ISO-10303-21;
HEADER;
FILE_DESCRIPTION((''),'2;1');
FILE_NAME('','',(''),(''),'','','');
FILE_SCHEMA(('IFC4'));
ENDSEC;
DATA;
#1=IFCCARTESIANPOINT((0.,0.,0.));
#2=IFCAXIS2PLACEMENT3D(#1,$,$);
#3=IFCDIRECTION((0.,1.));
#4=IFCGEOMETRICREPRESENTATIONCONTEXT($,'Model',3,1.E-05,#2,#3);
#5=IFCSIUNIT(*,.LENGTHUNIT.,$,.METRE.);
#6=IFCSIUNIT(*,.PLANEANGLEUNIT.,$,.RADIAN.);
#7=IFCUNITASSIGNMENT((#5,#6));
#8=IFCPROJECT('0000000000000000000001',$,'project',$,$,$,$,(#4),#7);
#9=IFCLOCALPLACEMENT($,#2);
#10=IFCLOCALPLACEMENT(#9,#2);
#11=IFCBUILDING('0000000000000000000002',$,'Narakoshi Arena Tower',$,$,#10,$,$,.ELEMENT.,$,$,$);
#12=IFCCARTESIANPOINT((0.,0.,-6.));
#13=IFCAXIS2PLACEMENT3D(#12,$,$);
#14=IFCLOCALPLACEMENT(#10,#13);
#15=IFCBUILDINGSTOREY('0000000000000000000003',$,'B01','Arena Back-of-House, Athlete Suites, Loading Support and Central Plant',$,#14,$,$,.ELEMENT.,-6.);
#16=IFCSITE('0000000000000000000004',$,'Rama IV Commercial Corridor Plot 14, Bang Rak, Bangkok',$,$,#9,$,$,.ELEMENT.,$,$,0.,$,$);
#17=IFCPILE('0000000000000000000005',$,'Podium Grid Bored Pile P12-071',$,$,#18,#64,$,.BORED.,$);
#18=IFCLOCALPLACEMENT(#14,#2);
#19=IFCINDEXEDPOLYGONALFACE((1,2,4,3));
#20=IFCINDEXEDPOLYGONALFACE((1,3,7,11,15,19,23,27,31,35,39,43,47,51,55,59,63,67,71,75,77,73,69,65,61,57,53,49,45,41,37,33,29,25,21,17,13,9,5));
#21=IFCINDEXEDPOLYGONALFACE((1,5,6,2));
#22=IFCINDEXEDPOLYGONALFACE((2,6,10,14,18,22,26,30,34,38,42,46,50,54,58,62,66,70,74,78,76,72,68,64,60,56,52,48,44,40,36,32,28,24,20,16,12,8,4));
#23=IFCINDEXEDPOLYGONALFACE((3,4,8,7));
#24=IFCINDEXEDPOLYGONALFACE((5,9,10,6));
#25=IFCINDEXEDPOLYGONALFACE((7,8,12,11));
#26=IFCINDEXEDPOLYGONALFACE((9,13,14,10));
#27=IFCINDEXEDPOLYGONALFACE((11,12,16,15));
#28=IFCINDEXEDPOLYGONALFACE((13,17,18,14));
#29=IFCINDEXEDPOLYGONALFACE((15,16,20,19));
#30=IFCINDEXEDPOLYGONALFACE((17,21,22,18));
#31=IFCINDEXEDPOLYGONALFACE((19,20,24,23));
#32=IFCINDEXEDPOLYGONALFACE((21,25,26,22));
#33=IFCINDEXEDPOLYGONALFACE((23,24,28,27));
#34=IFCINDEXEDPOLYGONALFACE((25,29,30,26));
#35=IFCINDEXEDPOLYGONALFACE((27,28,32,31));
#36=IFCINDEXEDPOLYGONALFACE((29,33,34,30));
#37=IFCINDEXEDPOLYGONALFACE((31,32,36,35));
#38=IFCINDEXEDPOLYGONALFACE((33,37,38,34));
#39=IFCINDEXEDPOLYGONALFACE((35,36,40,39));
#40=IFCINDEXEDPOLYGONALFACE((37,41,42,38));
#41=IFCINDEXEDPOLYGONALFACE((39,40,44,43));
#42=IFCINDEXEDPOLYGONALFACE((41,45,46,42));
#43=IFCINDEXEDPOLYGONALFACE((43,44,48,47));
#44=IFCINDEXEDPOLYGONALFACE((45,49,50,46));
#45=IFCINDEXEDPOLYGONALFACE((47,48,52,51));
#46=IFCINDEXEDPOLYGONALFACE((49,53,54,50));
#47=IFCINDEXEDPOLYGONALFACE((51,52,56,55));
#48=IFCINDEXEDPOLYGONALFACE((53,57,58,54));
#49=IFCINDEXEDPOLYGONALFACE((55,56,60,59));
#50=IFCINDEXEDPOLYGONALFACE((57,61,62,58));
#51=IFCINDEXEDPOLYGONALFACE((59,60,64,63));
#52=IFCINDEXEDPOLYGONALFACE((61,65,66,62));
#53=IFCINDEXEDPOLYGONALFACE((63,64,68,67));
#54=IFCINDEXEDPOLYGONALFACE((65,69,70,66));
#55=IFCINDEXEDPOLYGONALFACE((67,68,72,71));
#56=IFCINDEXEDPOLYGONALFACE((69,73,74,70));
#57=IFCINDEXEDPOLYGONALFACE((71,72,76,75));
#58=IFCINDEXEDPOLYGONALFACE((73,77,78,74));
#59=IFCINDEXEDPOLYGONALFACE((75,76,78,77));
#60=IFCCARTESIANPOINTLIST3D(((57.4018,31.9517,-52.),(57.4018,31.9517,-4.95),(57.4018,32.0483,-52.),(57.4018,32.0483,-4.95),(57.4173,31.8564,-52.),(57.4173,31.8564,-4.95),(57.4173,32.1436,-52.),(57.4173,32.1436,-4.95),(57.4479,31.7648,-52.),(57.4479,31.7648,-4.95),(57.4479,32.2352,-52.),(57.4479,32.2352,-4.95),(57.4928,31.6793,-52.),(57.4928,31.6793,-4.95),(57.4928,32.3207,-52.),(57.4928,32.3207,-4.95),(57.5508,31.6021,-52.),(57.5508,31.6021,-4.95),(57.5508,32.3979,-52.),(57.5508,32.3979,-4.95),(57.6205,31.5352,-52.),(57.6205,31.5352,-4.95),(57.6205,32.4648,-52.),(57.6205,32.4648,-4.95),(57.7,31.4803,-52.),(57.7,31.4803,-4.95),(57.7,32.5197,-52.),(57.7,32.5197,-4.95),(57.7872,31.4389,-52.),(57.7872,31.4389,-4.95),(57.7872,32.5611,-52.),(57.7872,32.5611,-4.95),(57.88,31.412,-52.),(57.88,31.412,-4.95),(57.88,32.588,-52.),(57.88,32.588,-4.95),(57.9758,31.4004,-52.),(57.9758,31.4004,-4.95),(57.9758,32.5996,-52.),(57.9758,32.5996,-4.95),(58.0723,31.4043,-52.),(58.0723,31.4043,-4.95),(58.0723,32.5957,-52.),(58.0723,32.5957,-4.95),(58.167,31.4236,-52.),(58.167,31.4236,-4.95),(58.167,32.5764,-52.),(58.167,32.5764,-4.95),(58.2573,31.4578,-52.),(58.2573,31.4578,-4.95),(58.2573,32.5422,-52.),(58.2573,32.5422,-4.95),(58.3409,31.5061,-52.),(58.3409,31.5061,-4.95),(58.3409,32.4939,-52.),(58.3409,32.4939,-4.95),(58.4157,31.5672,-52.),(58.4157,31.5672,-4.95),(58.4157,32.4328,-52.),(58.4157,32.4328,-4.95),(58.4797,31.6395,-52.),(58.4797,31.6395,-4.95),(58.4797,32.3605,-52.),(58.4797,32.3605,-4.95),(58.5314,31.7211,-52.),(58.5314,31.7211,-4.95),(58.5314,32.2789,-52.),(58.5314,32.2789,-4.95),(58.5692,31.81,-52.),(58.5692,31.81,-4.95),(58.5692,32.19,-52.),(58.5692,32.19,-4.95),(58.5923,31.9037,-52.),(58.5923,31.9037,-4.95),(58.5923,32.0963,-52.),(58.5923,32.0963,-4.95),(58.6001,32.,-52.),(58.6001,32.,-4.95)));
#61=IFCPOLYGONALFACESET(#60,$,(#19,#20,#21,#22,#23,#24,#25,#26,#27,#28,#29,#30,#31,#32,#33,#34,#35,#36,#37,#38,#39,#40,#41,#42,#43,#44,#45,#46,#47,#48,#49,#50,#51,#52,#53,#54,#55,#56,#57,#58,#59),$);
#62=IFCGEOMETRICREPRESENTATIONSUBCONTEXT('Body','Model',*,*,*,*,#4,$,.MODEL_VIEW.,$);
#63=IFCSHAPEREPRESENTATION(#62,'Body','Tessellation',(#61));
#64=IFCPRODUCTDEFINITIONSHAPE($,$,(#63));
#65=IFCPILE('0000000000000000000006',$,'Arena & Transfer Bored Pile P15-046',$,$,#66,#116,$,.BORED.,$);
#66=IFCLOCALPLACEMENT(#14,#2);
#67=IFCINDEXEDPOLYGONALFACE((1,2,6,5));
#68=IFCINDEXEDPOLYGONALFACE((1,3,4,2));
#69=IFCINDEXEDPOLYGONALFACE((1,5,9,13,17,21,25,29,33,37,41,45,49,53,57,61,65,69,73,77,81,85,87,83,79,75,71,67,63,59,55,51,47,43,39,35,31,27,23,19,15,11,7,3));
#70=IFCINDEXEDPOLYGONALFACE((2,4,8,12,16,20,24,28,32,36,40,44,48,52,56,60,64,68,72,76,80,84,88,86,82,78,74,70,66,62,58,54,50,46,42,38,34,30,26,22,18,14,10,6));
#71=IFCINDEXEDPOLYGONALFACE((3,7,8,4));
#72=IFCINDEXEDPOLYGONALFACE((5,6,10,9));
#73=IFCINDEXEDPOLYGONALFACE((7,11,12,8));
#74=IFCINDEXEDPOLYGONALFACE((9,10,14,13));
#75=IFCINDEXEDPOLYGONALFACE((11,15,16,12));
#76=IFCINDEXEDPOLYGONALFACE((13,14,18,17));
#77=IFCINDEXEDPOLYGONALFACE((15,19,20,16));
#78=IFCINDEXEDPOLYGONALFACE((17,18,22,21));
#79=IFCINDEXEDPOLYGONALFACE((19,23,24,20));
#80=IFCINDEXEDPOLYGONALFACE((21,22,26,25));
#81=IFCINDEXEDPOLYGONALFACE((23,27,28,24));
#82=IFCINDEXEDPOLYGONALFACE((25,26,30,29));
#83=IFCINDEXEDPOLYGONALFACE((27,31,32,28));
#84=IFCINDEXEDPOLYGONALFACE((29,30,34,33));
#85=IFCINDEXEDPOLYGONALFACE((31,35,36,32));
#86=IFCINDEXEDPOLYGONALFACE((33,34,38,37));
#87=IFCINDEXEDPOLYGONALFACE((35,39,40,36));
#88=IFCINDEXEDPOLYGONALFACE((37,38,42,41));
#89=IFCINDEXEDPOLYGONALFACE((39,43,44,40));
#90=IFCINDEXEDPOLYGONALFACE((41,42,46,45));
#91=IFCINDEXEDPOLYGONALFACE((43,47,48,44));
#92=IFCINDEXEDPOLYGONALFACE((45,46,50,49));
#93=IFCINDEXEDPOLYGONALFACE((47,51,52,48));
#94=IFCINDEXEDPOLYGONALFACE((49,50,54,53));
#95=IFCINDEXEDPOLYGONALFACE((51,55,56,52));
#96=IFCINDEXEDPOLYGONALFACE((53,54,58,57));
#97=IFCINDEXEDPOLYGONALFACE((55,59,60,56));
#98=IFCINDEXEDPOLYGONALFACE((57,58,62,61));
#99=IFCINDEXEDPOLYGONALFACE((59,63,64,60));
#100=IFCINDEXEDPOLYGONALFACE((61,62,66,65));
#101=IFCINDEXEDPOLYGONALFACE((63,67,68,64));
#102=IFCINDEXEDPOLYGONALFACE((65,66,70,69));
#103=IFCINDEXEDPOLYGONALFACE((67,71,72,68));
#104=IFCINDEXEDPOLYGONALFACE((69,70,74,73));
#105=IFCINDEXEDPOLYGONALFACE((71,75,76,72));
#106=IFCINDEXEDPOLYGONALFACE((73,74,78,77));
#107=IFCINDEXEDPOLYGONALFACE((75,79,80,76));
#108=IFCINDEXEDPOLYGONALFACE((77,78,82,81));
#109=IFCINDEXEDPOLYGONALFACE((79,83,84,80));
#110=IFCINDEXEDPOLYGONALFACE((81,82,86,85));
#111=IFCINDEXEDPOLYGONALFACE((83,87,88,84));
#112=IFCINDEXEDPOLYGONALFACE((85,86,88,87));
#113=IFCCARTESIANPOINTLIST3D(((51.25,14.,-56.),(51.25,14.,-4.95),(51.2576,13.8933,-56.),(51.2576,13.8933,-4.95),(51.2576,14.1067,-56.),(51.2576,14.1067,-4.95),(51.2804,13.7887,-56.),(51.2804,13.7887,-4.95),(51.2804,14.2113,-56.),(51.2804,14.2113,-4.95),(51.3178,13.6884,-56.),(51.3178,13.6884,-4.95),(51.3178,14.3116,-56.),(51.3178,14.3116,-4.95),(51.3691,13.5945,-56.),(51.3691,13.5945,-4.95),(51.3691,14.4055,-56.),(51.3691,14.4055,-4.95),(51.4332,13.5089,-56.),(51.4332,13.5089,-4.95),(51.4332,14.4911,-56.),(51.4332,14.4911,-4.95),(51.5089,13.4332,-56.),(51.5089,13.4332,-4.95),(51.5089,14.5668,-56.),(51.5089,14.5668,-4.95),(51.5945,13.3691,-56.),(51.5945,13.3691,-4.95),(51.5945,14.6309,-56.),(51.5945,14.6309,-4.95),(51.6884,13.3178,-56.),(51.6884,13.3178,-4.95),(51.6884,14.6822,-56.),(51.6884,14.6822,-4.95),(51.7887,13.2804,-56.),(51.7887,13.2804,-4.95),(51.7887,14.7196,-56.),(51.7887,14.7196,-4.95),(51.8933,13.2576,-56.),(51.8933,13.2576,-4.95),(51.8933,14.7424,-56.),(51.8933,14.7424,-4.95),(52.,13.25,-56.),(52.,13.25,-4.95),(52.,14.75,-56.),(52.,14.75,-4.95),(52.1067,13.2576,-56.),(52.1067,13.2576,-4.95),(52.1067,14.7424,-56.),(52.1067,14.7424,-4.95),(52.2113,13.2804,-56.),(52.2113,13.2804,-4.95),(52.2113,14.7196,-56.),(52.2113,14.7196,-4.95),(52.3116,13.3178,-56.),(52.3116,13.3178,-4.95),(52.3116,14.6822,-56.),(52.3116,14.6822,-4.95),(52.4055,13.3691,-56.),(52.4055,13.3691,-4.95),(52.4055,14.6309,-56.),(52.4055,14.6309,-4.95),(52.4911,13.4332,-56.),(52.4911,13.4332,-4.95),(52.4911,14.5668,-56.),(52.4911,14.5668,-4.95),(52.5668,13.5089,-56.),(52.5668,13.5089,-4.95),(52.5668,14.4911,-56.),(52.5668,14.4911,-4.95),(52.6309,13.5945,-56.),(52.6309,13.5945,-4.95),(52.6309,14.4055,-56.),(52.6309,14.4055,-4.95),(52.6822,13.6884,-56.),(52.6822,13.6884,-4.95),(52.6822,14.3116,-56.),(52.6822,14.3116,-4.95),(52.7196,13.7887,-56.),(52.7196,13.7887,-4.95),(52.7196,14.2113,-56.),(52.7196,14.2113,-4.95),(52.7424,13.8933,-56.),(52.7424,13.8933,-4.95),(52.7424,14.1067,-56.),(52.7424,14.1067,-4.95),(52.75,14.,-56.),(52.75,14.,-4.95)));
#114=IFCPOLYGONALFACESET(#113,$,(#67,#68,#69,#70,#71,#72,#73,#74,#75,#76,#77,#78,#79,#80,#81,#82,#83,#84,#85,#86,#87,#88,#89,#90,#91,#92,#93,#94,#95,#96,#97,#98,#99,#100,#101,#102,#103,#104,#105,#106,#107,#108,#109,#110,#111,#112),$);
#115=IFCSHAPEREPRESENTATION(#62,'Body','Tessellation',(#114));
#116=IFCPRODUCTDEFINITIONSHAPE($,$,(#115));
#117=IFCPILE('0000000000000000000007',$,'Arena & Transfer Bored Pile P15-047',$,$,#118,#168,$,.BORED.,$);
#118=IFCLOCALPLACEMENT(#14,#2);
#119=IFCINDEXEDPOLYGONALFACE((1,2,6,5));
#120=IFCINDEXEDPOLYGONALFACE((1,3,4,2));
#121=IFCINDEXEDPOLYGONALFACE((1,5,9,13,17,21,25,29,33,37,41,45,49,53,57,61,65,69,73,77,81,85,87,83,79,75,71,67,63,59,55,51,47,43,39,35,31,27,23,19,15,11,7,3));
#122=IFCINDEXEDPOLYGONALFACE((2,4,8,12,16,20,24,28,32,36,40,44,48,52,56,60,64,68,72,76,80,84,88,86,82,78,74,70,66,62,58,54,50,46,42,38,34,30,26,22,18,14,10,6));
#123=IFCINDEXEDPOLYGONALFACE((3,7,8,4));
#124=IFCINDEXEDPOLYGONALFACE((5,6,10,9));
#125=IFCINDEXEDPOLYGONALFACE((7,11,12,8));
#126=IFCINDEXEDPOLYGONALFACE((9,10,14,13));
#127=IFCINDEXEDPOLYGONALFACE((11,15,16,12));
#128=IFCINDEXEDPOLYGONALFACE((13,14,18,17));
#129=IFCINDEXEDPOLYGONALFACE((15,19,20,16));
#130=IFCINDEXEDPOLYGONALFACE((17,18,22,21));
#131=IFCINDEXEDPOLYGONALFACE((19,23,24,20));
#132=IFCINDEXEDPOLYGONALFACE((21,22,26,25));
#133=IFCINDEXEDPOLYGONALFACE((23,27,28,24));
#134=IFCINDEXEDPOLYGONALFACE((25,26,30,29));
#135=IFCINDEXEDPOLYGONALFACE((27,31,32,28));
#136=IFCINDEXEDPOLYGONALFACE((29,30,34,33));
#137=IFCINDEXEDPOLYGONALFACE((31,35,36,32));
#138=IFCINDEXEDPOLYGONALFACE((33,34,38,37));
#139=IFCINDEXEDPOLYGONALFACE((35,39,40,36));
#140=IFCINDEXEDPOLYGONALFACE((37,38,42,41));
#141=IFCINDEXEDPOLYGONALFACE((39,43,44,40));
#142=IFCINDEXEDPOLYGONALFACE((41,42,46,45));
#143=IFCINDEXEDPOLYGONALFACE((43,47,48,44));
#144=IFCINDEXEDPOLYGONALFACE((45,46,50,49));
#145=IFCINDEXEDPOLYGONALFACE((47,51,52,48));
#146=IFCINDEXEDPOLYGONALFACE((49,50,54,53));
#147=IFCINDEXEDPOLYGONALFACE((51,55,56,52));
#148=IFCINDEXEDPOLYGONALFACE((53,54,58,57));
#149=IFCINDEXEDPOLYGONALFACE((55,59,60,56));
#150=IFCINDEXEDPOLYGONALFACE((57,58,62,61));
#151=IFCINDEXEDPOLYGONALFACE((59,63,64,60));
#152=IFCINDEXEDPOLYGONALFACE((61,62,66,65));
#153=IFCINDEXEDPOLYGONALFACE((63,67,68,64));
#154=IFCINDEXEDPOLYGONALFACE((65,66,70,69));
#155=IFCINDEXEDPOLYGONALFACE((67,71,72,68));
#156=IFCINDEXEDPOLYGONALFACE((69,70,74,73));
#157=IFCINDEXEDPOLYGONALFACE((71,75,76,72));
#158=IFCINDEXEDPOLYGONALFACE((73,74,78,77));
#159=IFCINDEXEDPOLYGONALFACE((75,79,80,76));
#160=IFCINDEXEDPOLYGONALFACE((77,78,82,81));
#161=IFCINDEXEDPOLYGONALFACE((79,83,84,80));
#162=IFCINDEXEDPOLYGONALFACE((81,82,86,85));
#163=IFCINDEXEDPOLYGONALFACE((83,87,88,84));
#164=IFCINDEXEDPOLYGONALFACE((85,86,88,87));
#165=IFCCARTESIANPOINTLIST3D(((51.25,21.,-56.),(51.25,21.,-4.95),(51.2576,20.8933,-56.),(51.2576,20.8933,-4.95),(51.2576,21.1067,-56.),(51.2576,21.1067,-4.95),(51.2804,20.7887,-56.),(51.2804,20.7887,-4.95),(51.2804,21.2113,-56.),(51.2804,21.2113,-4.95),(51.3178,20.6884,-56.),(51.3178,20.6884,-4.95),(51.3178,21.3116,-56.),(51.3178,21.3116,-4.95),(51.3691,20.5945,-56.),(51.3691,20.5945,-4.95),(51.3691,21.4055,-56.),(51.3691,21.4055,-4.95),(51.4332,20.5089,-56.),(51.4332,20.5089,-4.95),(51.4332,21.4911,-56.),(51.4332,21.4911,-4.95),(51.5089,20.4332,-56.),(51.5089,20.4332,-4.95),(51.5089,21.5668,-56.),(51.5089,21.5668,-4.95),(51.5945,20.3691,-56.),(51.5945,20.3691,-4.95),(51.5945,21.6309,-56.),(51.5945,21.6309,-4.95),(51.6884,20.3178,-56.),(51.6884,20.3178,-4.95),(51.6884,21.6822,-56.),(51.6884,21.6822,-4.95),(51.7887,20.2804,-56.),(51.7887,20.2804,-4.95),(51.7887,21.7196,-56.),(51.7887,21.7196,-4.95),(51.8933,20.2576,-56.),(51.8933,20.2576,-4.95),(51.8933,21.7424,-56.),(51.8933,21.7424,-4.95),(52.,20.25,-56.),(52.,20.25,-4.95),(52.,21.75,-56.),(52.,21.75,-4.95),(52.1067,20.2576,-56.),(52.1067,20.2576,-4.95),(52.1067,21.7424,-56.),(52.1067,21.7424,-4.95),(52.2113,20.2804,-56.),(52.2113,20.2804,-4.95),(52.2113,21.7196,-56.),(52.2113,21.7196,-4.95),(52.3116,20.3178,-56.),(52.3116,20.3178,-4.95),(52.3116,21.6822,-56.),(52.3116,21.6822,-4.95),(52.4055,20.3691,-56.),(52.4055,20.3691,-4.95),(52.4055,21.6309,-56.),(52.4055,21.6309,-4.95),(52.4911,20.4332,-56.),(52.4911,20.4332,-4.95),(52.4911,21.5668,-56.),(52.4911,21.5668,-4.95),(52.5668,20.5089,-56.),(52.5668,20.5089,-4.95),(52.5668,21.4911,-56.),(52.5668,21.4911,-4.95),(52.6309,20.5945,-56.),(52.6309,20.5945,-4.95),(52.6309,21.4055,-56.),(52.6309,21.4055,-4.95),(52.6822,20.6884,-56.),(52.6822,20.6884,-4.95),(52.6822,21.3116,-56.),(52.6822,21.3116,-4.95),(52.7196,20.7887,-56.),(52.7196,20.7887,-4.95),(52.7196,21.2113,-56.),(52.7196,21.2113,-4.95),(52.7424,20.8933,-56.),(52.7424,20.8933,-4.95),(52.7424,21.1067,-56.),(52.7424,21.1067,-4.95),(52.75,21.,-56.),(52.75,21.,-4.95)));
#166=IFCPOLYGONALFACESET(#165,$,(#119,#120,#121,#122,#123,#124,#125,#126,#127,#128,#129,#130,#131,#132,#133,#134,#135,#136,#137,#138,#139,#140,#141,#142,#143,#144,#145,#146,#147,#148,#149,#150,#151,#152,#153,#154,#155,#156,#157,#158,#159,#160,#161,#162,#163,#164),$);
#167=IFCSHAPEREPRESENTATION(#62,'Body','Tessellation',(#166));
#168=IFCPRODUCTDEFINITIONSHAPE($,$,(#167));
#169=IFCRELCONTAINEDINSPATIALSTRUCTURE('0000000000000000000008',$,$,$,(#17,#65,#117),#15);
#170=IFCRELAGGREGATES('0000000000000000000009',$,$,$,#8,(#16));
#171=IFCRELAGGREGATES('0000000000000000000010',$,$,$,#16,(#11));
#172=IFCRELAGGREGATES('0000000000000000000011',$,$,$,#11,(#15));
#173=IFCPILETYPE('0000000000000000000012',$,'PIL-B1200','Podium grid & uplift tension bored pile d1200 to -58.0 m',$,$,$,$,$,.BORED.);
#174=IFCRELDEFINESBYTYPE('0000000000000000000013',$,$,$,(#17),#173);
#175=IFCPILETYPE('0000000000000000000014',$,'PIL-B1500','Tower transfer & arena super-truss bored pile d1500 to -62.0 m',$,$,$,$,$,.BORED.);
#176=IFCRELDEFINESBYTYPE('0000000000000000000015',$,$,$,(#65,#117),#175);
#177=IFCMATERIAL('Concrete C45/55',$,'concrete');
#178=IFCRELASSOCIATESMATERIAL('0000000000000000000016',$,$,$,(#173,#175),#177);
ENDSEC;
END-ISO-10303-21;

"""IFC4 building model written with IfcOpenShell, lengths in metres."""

from ifc_helpers import new_model, si_unit, direction, frame, origin, origin_2d, place, context, subcontext, project, spatial, circle, extrude, material, material_profile, profile_set, type_object, element, save


model = new_model("IFC4")

# Units and contexts
model_context = context("Model", 3, precision=1e-05, world=origin(), true_north=direction((0.0, 1.0)))
body_context = subcontext(model_context, "Body", "Model", "MODEL_VIEW")
ifc_project = project(units=[si_unit("LENGTHUNIT", "METRE"), si_unit("PLANEANGLEUNIT", "RADIAN")], contexts=[model_context])

# Site, building, storey
site_placement = place(None, origin())
site = spatial("IfcSite", under=ifc_project, at=site_placement, Name="Rama IV Commercial Corridor Plot 14, Bang Rak, Bangkok", CompositionType="ELEMENT", RefElevation=0.0)
building_placement = place(site_placement, origin())
building = spatial("IfcBuilding", under=site, at=building_placement, Name="Narakoshi Arena Tower", CompositionType="ELEMENT")
storey_placement = place(building_placement, frame((0.0, 0.0, -6.0)))
storey = spatial("IfcBuildingStorey", under=building, at=storey_placement, Name="B01", Description="Arena Back-of-House, Athlete Suites, Loading Support and Central Plant", CompositionType="ELEMENT", Elevation=-6.0)

# Piles
ifc_material_1 = material(Name="Concrete C45/55", Category="concrete")
ifc_material_profile_1 = material_profile(ifc_material_1, circle(Radius=0.6001, at=origin_2d()), Name="PILE-D1200")
ifc_profile_set_1 = profile_set([ifc_material_profile_1], Name="Concrete C45/55")
pile_type_1 = type_object("IfcPileType", Name="PIL-B1200", Description="Podium grid & uplift tension bored pile d1200 to -58.0 m", PredefinedType="BORED", material=ifc_profile_set_1)
pile_placement = place(storey_placement, frame((58.0, 32.0, -4.95), z_axis=(0.0, 0.0, -1.0), x_axis=(1.0, 0.0, 0.0)))
element("IfcPile", 1, at=pile_placement, inside=storey, type_object=pile_type_1, Name="Podium Grid Bored Pile P12-071", PredefinedType="BORED", context=body_context, shape_type="SweptSolid", body=[
    extrude(circle(Radius=0.6001, at=origin_2d()), origin(), (0.0, 0.0, 1.0), 47.05),
])
ifc_material_profile_2 = material_profile(ifc_material_1, circle(Radius=0.75, at=origin_2d()), Name="PILE-D1500")
ifc_profile_set_2 = profile_set([ifc_material_profile_2], Name="Concrete C45/55")
pile_type_2 = type_object("IfcPileType", Name="PIL-B1500", Description="Tower transfer & arena super-truss bored pile d1500 to -62.0 m", PredefinedType="BORED", material=ifc_profile_set_2)
for number, where, z_axis, x_axis, name in (
    (2, (52.0, 14.0, -4.95), (0.0, 0.0, -1.0), (1.0, 0.0, 0.0), "Arena & Transfer Bored Pile P15-046"),
    (3, (52.0, 21.0, -4.95), (0.0, 0.0, -1.0), (1.0, 0.0, 0.0), "Arena & Transfer Bored Pile P15-047"),
):
    element("IfcPile", number, at=place(storey_placement, frame(where, z_axis=z_axis, x_axis=x_axis)), inside=storey, type_object=pile_type_2, Name=name, PredefinedType="BORED", context=body_context, shape_type="SweptSolid", body=[
        extrude(circle(Radius=0.75, at=origin_2d()), origin(), (0.0, 0.0, 1.0), 51.05),
    ])

save(model, "model.ifc")
